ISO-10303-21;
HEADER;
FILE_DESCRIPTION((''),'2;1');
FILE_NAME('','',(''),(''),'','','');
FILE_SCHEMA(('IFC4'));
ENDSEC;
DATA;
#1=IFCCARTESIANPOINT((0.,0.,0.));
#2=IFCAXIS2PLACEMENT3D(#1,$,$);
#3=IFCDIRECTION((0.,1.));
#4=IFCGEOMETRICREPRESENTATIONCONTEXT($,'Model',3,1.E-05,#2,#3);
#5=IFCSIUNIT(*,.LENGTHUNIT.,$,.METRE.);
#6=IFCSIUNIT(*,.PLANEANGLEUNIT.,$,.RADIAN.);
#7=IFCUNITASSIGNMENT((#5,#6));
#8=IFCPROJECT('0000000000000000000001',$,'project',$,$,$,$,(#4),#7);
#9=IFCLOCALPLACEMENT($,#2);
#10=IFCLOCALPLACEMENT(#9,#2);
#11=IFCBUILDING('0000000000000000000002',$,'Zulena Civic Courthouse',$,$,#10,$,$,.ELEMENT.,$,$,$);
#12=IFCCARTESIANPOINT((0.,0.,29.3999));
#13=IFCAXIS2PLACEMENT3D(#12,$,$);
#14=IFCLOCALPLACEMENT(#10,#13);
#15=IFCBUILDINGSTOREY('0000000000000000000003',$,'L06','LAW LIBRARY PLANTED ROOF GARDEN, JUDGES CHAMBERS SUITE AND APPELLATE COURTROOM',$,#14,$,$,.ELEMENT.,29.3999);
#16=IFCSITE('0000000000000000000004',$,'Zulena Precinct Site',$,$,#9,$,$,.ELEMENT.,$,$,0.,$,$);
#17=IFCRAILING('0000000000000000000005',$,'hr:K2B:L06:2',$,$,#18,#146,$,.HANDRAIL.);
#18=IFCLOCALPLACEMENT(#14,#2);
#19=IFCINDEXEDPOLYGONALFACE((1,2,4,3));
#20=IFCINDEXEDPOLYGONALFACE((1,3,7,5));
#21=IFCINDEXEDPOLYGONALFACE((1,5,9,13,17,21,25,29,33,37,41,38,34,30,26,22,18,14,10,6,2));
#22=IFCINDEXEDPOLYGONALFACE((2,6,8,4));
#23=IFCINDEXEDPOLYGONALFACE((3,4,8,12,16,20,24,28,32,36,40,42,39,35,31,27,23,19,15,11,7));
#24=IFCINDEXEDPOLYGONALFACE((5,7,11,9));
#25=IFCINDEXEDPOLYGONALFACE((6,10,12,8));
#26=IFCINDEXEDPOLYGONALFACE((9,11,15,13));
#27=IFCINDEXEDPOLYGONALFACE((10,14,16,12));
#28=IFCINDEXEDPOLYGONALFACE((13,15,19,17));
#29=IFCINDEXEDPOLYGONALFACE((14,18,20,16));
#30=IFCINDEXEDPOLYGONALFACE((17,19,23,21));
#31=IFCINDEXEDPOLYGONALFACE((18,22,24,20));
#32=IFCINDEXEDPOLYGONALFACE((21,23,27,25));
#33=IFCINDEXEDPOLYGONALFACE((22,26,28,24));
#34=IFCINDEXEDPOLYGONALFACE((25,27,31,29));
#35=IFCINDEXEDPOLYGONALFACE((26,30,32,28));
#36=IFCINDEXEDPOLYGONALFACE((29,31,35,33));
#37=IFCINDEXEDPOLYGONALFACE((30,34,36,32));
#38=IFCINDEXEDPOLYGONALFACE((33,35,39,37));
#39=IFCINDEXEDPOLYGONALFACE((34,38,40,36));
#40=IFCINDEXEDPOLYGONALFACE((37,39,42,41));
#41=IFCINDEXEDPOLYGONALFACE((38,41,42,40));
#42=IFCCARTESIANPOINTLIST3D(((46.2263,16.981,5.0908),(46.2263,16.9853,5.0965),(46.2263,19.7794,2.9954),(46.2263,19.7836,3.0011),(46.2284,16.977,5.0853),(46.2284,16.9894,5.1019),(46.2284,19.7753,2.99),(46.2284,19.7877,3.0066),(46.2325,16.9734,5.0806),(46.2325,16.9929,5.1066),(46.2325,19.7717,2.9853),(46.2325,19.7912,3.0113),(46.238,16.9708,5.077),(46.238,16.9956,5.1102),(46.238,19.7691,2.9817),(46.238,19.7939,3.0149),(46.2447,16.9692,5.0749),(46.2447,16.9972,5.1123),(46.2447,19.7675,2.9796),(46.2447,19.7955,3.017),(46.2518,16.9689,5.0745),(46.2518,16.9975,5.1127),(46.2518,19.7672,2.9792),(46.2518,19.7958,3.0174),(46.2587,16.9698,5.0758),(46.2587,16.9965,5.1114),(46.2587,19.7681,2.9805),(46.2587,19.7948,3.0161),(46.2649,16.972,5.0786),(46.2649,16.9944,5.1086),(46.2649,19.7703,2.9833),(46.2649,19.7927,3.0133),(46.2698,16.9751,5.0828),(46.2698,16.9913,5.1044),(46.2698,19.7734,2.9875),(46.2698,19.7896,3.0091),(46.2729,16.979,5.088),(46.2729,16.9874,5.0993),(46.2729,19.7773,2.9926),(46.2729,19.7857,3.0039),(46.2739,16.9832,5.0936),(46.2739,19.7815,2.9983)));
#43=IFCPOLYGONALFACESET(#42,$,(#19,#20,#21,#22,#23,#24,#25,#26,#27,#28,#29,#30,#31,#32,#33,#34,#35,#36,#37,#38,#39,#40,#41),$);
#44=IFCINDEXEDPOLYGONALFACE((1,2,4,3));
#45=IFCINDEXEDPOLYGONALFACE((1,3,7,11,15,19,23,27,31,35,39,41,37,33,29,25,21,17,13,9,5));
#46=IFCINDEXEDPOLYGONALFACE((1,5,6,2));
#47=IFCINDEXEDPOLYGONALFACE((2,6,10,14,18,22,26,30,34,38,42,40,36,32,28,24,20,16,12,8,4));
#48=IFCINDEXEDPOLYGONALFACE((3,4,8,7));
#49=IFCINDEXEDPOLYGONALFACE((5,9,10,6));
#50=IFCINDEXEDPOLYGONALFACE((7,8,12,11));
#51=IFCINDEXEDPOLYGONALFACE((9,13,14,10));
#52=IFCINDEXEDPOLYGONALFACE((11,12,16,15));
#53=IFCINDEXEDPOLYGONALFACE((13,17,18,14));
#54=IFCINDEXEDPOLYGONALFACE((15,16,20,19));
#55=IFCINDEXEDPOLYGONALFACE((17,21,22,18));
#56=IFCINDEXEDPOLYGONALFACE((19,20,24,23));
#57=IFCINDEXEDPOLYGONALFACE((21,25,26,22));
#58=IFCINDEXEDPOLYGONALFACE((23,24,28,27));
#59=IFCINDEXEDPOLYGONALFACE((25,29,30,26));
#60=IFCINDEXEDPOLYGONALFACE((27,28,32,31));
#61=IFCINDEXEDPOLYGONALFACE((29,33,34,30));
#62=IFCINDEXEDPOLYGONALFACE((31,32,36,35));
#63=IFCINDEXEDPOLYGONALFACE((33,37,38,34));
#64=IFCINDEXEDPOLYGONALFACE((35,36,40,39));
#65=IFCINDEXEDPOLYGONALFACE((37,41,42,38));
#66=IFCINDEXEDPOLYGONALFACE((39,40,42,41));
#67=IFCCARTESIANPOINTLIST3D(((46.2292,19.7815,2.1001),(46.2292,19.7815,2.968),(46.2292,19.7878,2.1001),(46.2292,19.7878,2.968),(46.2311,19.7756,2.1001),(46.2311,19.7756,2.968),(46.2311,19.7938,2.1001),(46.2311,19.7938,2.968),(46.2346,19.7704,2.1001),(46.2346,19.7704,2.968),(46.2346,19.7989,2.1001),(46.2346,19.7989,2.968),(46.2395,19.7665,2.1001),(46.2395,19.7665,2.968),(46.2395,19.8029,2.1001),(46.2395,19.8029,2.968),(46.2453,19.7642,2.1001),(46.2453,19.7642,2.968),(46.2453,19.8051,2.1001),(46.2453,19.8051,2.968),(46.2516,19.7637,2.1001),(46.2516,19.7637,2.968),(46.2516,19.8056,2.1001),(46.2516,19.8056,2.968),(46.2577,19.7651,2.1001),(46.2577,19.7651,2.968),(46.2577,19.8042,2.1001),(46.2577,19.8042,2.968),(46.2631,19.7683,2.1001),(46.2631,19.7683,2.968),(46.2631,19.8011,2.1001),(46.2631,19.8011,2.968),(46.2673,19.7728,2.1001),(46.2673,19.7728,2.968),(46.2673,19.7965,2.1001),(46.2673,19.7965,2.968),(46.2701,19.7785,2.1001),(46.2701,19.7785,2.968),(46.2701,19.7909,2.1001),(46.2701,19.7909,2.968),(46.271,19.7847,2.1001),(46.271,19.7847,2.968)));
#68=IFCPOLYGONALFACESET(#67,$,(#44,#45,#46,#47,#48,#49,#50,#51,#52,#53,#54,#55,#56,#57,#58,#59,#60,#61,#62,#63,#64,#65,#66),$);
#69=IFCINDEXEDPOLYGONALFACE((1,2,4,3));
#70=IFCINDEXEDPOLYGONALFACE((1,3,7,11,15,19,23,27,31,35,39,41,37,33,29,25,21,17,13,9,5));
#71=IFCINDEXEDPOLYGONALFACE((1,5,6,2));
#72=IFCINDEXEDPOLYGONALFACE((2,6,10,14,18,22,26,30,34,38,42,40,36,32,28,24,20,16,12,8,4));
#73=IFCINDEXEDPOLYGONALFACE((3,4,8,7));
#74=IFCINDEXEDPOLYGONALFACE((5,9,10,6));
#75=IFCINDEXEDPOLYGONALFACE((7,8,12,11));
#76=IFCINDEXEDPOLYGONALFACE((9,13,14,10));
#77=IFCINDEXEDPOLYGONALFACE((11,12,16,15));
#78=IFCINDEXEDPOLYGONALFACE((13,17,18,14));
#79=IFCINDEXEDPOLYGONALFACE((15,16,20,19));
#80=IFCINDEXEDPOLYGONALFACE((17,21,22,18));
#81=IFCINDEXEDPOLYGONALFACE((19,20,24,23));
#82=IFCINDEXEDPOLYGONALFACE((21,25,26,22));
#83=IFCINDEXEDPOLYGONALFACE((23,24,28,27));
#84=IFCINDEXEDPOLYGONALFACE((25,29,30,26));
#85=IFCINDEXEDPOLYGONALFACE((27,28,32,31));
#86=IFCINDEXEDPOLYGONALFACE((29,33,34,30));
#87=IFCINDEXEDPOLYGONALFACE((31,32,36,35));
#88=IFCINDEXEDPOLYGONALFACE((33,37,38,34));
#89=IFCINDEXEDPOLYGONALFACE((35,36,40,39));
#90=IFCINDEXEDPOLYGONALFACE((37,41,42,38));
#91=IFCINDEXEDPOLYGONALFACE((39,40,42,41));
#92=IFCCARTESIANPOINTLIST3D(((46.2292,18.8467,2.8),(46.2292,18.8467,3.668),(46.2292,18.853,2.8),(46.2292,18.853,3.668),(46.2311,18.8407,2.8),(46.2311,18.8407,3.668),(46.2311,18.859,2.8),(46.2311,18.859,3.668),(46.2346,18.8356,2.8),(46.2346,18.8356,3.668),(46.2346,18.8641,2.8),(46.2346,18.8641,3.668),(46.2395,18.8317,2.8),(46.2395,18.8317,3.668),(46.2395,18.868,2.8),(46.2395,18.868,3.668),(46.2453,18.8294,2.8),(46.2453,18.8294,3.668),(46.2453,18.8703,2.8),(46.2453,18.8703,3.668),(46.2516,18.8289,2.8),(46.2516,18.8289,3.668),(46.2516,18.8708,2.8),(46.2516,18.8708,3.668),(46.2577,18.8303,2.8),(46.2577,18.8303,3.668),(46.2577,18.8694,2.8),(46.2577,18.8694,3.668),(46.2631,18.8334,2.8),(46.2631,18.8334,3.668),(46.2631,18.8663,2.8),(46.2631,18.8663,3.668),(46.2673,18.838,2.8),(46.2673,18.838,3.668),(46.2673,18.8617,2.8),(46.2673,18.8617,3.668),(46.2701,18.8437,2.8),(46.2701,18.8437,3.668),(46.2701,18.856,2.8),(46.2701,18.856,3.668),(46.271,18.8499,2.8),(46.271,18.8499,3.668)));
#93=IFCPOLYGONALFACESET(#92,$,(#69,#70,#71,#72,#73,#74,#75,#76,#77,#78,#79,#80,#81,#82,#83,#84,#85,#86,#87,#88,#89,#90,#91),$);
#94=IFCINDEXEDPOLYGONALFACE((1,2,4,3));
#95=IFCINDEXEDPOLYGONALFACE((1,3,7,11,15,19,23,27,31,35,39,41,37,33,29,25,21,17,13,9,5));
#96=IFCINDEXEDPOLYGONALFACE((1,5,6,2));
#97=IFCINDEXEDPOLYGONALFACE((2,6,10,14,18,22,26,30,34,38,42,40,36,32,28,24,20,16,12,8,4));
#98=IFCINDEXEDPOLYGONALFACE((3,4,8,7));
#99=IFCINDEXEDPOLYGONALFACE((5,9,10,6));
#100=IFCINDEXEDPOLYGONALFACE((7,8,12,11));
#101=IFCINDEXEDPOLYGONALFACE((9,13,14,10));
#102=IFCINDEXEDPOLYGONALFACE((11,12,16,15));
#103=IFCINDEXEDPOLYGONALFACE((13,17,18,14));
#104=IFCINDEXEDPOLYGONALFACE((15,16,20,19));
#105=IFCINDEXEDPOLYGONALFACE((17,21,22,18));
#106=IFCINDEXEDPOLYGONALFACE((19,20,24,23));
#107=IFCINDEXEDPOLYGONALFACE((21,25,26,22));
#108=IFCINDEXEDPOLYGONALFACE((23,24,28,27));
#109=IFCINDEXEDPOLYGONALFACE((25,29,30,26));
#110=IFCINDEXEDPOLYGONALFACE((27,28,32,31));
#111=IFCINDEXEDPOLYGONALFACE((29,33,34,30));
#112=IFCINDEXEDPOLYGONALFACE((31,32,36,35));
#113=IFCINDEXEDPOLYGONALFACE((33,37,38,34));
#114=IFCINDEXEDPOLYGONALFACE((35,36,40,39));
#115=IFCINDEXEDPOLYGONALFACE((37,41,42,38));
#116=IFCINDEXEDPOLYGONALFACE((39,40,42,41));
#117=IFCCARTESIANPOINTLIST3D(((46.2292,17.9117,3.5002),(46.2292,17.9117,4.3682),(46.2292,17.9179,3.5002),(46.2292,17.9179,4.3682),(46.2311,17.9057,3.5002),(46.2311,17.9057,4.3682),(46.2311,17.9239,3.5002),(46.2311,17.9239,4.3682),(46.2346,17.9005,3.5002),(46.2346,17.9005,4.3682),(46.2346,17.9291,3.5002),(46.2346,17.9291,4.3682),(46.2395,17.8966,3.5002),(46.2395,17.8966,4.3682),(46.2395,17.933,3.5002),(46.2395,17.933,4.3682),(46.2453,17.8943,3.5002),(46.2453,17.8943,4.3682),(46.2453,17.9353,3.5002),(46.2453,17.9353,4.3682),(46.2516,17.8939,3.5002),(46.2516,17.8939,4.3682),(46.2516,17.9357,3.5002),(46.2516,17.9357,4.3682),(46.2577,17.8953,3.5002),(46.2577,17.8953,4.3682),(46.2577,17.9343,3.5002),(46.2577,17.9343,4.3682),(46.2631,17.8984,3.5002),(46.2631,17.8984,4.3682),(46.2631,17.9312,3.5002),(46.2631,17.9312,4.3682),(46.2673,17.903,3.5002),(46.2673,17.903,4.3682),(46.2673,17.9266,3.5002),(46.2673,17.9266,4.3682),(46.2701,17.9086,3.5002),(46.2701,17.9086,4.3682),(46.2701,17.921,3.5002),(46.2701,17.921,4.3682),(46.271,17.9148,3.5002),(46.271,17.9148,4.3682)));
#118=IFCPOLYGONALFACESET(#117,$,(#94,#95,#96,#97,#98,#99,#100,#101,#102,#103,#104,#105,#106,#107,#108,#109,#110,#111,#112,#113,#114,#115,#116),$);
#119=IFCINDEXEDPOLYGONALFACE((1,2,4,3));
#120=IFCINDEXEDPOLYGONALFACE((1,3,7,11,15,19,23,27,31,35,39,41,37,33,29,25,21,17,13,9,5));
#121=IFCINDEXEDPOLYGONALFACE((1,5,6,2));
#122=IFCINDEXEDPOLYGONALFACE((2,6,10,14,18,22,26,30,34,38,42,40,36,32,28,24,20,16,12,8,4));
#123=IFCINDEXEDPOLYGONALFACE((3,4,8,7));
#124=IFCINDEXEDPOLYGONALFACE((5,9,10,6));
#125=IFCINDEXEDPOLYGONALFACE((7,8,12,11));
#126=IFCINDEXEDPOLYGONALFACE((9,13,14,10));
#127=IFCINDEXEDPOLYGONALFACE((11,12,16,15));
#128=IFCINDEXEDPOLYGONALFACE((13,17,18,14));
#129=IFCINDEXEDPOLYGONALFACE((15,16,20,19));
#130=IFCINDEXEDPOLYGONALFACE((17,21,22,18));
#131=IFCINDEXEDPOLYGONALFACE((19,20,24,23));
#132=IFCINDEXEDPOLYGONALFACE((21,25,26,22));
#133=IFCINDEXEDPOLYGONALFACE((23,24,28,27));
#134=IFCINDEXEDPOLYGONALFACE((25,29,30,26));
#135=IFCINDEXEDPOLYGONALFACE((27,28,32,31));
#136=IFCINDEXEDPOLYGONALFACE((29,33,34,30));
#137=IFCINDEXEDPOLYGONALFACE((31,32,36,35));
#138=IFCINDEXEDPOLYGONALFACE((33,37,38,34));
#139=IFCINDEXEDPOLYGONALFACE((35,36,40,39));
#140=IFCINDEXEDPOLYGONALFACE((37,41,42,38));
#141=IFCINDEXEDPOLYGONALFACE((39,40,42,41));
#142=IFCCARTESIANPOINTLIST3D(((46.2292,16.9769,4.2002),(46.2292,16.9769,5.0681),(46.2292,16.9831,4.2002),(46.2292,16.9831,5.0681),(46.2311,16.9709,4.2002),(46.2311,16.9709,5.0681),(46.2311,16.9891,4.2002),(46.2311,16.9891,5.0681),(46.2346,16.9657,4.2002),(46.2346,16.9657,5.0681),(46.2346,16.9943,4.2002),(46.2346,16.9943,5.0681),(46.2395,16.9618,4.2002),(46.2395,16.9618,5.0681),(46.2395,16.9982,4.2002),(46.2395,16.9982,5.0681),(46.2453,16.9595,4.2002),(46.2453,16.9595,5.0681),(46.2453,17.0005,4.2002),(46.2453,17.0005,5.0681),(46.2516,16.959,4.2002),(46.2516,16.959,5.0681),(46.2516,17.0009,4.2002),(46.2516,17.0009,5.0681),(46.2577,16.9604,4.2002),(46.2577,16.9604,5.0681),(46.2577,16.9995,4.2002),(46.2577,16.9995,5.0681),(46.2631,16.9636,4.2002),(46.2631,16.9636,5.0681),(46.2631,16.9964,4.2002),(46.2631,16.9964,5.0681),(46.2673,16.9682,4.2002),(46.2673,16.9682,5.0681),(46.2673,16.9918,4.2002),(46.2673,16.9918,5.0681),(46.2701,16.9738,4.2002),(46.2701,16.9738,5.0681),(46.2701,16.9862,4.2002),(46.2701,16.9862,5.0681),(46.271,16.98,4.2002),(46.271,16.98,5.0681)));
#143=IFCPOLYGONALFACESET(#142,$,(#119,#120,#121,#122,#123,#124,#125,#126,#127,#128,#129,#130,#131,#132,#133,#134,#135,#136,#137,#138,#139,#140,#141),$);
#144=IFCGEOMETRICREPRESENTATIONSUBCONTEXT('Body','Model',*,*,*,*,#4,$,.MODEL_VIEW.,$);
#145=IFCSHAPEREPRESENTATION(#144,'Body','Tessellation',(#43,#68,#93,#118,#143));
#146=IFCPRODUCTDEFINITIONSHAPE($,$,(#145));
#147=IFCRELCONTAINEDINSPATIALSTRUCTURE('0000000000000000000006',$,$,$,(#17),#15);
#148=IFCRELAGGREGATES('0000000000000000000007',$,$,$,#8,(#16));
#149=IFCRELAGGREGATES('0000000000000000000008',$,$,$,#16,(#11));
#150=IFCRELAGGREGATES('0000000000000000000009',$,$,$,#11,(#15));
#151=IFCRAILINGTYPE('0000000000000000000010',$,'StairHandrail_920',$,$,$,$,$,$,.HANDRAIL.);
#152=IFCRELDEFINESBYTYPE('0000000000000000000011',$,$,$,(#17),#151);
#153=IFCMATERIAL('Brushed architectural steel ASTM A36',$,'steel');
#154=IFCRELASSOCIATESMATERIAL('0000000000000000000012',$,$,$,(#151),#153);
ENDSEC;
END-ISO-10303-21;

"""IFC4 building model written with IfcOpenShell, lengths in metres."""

from ifc_helpers import new_model, si_unit, direction, frame, origin, origin_2d, place, context, subcontext, project, spatial, circle, extrude, material, type_object, element, save


model = new_model("IFC4")

# Units and contexts
model_context = context("Model", 3, precision=1e-05, world=origin(), true_north=direction((0.0, 1.0)))
body_context = subcontext(model_context, "Body", "Model", "MODEL_VIEW")
ifc_project = project(units=[si_unit("LENGTHUNIT", "METRE"), si_unit("PLANEANGLEUNIT", "RADIAN")], contexts=[model_context])

# Site, building, storey
site_placement = place(None, origin())
site = spatial("IfcSite", under=ifc_project, at=site_placement, Name="Zulena Precinct Site", CompositionType="ELEMENT", RefElevation=0.0)
building_placement = place(site_placement, origin())
building = spatial("IfcBuilding", under=site, at=building_placement, Name="Zulena Civic Courthouse", CompositionType="ELEMENT")
storey_placement = place(building_placement, frame((0.0, 0.0, 29.3999)))
storey = spatial("IfcBuildingStorey", under=building, at=storey_placement, Name="L06", Description="LAW LIBRARY PLANTED ROOF GARDEN, JUDGES CHAMBERS SUITE AND APPELLATE COURTROOM", CompositionType="ELEMENT", Elevation=29.3999)

# Railing
ifc_material_1 = material(Name="Brushed architectural steel ASTM A36", Category="steel")
railing_type_1 = type_object("IfcRailingType", Name="StairHandrail_920", PredefinedType="HANDRAIL", material=ifc_material_1)
railing_1_placement = place(storey_placement, frame((46.25, 19.7847, 2.1001)))
element("IfcRailing", 1, at=railing_1_placement, inside=storey, type_object=railing_type_1, Name="hr:K2B:L06:2", PredefinedType="HANDRAIL", context=body_context, shape_type="SweptSolid", body=[
    extrude(circle(Radius=0.0239, at=origin_2d()), frame((0.0, -0.0032, 0.8982), z_axis=(0.0, -0.800468, 0.599375), x_axis=(1.0, 0.0, 0.0)), (0.0, 0.0, 1.0), 3.4958),
    extrude(circle(Radius=0.021, at=origin_2d()), origin(), (0.0, 0.0, 1.0), 0.8679),
    extrude(circle(Radius=0.021, at=origin_2d()), frame((0.0, -0.9348, 0.7)), (0.0, 0.0, 1.0), 0.8679),
    extrude(circle(Radius=0.021, at=origin_2d()), frame((0.0, -1.8699, 1.4001)), (0.0, 0.0, 1.0), 0.8679),
    extrude(circle(Radius=0.021, at=origin_2d()), frame((0.0, -2.8047, 2.1001)), (0.0, 0.0, 1.0), 0.8679),
])

save(model, "model.ifc")
